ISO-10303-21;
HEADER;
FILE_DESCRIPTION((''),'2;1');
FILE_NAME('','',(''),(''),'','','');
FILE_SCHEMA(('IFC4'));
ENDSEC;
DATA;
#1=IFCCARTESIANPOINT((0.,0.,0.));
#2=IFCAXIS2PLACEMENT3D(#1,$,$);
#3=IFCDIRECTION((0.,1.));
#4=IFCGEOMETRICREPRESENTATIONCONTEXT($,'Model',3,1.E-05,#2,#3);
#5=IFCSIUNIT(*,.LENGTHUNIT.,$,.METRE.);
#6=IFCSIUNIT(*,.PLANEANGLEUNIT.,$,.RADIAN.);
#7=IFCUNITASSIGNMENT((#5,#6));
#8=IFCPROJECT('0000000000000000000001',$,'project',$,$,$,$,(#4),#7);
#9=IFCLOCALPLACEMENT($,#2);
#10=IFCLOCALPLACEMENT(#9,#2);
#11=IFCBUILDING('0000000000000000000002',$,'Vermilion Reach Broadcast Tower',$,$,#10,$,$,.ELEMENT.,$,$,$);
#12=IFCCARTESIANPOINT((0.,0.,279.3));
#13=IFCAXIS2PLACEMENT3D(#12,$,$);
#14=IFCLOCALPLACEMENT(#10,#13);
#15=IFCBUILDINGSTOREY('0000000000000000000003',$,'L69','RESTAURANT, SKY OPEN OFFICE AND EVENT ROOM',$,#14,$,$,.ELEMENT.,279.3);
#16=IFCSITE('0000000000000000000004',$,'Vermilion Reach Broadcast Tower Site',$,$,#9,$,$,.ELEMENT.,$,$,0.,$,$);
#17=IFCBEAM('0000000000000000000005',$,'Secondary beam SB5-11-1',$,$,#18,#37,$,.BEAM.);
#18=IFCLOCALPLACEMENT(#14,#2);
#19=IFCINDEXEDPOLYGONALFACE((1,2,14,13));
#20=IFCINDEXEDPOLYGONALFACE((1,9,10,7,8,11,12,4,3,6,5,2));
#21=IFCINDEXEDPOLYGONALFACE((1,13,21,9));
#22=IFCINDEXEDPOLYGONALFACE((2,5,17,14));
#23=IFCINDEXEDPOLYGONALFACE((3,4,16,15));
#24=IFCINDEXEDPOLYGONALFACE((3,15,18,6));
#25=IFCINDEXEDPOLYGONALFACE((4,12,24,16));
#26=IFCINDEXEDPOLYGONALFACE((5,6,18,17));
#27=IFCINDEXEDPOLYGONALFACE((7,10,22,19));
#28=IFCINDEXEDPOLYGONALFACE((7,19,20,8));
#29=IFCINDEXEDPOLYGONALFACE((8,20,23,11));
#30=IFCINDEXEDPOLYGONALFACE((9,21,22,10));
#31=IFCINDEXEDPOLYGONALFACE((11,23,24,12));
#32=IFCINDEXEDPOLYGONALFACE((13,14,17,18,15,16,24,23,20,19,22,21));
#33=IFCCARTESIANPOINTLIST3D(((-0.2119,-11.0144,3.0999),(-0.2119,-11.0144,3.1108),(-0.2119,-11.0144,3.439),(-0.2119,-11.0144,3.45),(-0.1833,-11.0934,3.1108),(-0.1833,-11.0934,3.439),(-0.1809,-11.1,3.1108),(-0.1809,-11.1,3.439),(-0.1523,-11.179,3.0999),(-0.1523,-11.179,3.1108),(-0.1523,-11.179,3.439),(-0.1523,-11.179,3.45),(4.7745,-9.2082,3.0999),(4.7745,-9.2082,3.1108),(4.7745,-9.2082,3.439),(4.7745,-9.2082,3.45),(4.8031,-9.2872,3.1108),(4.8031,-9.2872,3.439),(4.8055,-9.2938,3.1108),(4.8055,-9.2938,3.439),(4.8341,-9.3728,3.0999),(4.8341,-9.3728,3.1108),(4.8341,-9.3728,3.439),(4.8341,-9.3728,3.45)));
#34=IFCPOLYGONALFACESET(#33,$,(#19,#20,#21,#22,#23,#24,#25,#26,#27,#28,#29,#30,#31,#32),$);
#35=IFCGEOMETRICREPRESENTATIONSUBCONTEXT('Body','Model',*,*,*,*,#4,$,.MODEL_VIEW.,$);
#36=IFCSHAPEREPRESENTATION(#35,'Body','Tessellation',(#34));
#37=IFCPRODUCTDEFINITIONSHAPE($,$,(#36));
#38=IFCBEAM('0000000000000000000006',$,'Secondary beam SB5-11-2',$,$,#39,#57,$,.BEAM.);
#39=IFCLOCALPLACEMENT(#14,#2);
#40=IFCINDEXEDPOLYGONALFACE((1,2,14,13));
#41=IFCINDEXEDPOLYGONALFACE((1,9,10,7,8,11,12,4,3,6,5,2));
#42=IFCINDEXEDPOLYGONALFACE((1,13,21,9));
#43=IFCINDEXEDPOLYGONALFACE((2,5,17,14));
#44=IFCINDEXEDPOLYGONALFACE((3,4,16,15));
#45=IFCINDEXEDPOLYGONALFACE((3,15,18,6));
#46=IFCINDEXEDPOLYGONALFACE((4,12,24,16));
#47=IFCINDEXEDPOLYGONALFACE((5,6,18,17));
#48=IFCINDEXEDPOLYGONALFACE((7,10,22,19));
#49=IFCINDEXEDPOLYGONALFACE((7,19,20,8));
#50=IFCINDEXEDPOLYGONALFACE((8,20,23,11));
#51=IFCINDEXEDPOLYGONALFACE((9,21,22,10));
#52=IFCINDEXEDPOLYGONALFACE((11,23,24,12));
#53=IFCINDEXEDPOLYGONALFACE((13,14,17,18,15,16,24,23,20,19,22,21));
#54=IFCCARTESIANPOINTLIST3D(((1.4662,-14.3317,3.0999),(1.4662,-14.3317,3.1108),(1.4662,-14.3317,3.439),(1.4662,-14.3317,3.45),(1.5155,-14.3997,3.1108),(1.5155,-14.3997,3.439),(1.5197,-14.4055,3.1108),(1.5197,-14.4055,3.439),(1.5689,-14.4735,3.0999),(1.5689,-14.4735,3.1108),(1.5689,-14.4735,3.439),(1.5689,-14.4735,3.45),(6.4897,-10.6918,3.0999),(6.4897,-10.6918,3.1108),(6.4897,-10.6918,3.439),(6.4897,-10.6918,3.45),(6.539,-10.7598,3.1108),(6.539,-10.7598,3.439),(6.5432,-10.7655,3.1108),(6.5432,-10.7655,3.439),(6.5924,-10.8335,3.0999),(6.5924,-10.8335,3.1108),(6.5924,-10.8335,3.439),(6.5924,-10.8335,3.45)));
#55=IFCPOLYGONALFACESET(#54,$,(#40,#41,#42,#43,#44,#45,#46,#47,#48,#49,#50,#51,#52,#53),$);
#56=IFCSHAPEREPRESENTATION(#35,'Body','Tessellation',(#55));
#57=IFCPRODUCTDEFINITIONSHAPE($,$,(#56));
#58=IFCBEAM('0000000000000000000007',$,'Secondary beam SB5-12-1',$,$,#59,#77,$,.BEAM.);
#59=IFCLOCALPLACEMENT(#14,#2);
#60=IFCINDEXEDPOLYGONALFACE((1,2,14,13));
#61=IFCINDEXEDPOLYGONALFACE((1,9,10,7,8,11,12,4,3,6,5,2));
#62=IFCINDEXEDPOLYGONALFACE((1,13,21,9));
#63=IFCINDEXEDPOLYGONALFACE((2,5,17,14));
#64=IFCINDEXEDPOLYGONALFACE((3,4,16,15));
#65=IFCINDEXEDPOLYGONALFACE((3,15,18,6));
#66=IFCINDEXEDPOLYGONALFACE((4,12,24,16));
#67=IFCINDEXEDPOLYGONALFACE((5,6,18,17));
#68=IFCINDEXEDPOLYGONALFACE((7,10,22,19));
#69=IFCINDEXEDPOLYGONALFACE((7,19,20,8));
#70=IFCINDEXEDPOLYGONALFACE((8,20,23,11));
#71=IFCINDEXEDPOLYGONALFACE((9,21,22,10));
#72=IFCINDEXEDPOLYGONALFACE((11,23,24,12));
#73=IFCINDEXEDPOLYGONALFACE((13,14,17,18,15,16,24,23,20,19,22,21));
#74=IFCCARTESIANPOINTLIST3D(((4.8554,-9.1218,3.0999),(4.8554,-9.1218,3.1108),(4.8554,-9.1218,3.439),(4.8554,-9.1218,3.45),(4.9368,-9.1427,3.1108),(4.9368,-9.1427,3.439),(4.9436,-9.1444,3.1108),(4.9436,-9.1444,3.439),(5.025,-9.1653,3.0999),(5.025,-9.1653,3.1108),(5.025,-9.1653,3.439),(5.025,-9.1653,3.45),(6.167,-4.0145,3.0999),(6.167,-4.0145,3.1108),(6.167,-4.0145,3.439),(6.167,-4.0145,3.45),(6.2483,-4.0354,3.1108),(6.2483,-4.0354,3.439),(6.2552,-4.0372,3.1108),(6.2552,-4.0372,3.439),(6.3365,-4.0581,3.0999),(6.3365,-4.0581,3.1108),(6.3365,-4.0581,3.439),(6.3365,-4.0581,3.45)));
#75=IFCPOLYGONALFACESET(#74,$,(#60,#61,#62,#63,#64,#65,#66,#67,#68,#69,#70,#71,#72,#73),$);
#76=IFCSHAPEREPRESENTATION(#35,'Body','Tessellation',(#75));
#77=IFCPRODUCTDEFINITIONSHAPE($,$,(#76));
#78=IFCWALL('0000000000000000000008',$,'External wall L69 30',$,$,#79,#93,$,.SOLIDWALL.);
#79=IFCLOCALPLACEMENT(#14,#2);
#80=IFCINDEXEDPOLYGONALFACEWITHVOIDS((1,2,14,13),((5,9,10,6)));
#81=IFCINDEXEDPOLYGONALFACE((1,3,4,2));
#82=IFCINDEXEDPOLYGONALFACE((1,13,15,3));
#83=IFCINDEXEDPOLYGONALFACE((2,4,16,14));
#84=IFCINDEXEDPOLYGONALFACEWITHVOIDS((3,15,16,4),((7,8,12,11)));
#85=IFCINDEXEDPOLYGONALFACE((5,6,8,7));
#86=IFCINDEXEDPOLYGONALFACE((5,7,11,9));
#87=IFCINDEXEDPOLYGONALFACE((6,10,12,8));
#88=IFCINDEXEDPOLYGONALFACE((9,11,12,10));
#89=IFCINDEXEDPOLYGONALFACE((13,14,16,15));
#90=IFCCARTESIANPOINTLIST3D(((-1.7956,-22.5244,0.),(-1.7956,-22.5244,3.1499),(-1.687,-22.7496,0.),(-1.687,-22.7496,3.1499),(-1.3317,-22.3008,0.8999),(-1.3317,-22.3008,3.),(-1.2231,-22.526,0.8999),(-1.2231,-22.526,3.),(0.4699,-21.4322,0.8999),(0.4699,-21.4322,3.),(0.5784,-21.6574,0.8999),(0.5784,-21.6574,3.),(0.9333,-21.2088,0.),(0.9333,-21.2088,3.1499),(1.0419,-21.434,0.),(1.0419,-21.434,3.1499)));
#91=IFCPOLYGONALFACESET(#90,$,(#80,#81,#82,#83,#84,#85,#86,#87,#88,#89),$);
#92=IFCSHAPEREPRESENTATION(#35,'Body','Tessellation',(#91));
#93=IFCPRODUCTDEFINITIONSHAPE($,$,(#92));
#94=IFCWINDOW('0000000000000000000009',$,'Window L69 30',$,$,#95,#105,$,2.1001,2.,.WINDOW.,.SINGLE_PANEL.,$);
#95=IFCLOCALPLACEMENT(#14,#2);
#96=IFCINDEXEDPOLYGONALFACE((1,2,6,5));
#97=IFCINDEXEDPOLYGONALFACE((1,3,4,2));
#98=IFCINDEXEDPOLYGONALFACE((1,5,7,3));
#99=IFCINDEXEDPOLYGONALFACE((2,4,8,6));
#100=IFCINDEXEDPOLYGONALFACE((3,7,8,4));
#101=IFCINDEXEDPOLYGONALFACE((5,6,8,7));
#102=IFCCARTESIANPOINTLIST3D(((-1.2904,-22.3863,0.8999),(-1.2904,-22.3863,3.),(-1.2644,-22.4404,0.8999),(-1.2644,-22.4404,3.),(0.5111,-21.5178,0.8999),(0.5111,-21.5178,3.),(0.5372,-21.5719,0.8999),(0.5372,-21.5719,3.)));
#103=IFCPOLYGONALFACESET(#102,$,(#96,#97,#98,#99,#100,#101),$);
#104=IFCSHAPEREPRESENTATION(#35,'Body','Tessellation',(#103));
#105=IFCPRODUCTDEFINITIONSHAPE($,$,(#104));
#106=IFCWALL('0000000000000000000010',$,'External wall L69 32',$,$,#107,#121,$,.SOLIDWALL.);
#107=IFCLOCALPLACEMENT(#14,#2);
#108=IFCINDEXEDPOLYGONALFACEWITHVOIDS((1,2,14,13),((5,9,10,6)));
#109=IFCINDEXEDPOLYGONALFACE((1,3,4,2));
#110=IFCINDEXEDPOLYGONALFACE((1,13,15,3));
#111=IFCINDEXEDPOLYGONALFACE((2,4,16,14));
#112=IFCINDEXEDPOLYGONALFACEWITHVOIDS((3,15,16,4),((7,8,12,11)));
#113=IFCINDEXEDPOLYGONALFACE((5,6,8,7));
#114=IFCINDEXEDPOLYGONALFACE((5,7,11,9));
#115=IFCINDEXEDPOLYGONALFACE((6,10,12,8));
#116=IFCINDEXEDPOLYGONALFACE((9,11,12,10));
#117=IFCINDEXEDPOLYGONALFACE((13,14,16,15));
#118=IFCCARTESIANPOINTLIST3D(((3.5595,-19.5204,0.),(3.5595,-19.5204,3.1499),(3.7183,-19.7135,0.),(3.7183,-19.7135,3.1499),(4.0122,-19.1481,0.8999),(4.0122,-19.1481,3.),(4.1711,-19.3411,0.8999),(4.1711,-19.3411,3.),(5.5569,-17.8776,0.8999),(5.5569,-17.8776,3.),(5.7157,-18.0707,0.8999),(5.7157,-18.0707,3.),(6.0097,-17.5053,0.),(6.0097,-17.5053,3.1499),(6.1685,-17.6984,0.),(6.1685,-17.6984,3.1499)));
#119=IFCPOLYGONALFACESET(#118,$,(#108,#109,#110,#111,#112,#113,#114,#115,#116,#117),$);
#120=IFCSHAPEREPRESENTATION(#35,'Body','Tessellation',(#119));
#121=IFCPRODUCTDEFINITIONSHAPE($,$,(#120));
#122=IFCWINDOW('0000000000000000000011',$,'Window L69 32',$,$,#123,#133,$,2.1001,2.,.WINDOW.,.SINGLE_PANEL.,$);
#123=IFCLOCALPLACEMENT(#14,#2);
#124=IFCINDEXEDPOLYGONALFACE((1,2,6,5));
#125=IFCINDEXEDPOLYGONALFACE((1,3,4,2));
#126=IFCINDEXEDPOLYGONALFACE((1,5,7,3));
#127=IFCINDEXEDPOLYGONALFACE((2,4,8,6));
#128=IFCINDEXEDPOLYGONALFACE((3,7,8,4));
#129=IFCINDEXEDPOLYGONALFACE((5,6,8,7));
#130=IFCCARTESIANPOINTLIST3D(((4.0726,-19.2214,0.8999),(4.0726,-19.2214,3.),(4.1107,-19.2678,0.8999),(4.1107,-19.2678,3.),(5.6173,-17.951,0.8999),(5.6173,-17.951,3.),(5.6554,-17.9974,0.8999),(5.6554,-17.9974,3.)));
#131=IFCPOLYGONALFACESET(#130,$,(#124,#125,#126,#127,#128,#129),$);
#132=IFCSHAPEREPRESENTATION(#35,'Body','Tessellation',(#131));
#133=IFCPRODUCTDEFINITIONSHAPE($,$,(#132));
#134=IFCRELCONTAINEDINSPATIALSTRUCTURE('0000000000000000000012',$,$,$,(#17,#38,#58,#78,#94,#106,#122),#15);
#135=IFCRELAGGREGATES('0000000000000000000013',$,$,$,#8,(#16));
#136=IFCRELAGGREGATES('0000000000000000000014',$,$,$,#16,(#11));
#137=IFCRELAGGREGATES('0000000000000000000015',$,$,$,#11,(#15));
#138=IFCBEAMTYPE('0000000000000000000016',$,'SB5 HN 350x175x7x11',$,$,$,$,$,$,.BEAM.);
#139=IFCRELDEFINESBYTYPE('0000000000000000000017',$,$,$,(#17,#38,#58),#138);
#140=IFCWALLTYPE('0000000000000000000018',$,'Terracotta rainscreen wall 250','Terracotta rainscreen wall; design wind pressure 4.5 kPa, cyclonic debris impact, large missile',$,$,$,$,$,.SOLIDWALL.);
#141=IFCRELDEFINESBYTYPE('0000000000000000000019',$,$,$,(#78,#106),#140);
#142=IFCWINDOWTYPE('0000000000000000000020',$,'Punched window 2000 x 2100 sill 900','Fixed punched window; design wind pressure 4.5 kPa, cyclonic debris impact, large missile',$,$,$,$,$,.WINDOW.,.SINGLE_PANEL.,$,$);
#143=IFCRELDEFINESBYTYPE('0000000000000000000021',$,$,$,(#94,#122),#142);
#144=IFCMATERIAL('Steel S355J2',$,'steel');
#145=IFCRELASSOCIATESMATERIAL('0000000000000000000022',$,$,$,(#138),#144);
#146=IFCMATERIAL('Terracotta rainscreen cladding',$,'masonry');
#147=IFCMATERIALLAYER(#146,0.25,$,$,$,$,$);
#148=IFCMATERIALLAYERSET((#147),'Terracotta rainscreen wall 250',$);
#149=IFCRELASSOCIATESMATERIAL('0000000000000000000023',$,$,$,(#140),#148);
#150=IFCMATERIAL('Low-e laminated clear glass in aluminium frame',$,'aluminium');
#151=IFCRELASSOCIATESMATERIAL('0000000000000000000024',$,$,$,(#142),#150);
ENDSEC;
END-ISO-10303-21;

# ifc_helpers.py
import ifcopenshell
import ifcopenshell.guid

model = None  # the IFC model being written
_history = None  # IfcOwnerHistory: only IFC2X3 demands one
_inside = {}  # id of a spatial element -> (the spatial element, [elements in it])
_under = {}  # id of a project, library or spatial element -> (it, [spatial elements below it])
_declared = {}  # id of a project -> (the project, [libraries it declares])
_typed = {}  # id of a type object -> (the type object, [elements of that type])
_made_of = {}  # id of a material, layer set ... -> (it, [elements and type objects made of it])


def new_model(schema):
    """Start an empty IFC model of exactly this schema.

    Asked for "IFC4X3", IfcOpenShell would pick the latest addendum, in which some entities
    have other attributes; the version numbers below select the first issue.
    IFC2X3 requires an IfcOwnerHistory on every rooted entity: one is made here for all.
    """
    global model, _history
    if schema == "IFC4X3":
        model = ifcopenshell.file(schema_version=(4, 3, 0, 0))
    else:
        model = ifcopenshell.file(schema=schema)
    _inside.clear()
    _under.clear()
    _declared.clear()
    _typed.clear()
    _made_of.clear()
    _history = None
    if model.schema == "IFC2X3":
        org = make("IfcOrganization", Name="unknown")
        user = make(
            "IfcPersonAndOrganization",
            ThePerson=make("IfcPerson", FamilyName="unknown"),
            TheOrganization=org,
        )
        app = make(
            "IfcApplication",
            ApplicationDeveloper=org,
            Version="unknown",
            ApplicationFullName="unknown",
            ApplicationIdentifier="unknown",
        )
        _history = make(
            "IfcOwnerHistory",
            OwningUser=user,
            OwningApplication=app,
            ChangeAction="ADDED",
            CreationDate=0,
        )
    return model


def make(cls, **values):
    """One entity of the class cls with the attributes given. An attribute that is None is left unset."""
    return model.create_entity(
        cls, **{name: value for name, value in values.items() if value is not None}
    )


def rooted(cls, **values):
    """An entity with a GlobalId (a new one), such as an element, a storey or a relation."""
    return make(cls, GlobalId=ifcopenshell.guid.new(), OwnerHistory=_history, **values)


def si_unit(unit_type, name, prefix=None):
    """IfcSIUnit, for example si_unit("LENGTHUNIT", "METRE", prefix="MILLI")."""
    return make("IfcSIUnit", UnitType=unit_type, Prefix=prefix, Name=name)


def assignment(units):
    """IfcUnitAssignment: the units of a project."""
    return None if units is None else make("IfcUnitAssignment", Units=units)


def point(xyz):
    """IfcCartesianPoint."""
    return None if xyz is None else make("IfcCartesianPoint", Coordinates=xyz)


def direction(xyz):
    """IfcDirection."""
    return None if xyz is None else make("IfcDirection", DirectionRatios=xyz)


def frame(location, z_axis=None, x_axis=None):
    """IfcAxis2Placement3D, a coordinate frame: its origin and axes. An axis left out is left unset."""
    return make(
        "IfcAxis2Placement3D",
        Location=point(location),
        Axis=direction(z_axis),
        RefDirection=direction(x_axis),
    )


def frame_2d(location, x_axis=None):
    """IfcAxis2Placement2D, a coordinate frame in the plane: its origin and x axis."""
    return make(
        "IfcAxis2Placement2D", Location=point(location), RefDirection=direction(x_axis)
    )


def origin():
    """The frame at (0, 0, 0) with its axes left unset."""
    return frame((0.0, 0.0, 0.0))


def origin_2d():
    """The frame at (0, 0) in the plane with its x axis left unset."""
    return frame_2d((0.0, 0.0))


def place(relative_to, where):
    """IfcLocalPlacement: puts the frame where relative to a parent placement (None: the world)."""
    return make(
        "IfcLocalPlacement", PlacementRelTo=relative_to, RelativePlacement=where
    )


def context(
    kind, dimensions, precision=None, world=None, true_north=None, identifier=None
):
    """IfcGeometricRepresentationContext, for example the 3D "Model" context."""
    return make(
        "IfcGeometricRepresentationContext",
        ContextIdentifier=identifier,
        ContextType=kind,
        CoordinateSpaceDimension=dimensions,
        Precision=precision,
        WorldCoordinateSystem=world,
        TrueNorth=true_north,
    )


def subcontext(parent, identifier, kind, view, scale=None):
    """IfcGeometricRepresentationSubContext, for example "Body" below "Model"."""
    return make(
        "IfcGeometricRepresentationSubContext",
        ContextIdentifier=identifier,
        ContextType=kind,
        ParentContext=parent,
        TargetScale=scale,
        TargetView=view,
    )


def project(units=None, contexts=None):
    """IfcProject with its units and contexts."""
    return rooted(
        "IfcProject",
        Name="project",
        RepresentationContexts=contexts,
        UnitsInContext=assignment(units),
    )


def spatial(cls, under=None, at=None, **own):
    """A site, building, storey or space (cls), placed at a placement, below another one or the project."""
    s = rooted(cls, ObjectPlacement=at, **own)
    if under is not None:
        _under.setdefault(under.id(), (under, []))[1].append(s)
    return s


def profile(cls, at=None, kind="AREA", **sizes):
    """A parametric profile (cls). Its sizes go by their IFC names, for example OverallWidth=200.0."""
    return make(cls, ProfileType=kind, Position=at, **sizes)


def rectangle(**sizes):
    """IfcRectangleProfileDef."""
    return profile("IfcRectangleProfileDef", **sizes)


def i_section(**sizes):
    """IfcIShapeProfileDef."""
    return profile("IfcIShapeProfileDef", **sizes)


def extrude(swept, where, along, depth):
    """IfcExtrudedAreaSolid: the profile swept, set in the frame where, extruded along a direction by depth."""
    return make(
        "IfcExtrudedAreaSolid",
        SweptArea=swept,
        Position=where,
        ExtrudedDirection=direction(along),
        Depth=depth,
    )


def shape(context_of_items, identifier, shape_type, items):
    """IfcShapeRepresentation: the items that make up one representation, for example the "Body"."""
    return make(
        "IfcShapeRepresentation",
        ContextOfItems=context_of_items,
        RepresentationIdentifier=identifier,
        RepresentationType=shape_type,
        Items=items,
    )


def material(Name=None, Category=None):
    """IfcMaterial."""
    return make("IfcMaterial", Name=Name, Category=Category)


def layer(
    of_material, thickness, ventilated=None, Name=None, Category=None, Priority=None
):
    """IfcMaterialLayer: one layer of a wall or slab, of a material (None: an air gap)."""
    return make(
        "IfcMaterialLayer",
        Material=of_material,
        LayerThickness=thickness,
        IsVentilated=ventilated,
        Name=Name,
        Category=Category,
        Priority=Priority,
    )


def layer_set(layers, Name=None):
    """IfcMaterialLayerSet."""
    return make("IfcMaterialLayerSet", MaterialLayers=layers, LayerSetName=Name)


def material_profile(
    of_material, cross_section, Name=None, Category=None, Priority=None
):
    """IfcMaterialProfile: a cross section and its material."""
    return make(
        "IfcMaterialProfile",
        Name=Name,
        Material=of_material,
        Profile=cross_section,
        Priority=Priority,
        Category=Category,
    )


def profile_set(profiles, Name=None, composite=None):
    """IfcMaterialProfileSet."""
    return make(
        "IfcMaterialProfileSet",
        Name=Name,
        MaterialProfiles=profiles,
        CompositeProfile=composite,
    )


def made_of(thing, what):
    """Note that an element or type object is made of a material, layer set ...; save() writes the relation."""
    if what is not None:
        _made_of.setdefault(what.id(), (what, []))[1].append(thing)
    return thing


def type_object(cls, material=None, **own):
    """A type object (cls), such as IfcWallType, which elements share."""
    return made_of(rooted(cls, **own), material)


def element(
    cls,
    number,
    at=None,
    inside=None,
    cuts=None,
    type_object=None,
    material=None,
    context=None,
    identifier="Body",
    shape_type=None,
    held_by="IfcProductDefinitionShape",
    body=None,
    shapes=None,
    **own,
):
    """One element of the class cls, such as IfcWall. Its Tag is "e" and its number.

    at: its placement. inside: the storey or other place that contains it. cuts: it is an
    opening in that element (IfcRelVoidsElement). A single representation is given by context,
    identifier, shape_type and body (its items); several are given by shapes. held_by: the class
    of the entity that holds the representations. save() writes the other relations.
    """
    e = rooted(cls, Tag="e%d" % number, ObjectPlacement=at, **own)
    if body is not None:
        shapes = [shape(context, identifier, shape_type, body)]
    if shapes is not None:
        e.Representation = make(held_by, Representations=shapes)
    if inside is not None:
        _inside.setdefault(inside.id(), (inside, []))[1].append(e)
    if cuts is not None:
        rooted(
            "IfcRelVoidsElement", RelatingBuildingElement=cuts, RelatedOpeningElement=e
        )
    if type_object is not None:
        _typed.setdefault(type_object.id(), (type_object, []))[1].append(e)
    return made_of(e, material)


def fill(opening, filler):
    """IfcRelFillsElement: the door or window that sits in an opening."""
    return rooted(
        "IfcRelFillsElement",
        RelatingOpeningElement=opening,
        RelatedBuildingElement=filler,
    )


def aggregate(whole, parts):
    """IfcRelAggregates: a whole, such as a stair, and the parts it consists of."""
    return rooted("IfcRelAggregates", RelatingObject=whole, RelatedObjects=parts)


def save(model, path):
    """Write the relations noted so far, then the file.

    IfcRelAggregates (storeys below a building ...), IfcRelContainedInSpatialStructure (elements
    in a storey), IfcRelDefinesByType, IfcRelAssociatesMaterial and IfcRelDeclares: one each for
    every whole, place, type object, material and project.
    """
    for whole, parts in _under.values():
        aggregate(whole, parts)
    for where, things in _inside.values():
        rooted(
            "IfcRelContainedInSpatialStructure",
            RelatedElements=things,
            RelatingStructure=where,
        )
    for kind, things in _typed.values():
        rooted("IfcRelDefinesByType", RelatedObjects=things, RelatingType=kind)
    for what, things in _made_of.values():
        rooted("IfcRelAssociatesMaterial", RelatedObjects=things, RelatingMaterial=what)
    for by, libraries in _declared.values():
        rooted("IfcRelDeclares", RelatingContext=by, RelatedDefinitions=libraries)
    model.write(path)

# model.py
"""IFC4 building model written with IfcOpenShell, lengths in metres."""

from ifc_helpers import new_model, si_unit, direction, frame, frame_2d, origin, origin_2d, place, context, subcontext, project, spatial, rectangle, i_section, extrude, material, layer, layer_set, material_profile, profile_set, type_object, element, fill, save


model = new_model("IFC4")

# Units and contexts
model_context = context("Model", 3, precision=1e-05, world=origin(), true_north=direction((0.0, 1.0)))
body_context = subcontext(model_context, "Body", "Model", "MODEL_VIEW")
ifc_project = project(units=[si_unit("LENGTHUNIT", "METRE"), si_unit("PLANEANGLEUNIT", "RADIAN")], contexts=[model_context])

# Site, building, storey
site_placement = place(None, origin())
site = spatial("IfcSite", under=ifc_project, at=site_placement, Name="Vermilion Reach Broadcast Tower Site", CompositionType="ELEMENT", RefElevation=0.0)
building_placement = place(site_placement, origin())
building = spatial("IfcBuilding", under=site, at=building_placement, Name="Vermilion Reach Broadcast Tower", CompositionType="ELEMENT")
storey_placement = place(building_placement, frame((0.0, 0.0, 279.3)))
storey = spatial("IfcBuildingStorey", under=building, at=storey_placement, Name="L69", Description="RESTAURANT, SKY OPEN OFFICE AND EVENT ROOM", CompositionType="ELEMENT", Elevation=279.3)

# Beams
ifc_material_1 = material(Name="Steel S355J2", Category="steel")
ifc_material_profile_1 = material_profile(ifc_material_1, i_section(OverallWidth=0.175, OverallDepth=0.3501, WebThickness=0.0071, FlangeThickness=0.011, at=origin_2d()), Name="S355J2 HN 350x175x7x11")
ifc_profile_set_1 = profile_set([ifc_material_profile_1], Name="Steel S355J2")
beam_type_1 = type_object("IfcBeamType", Name="SB5 HN 350x175x7x11", PredefinedType="BEAM", material=ifc_profile_set_1)
beam_1_placement = place(storey_placement, frame((-0.1821, -11.0967, 3.2749), z_axis=(0.94022, 0.340567, 0.0), x_axis=(-0.340567, 0.94022, 0.0)))
element("IfcBeam", 1, at=beam_1_placement, inside=storey, type_object=beam_type_1, Name="Secondary beam SB5-11-1", PredefinedType="BEAM", context=body_context, shape_type="SweptSolid", body=[
    extrude(i_section(OverallWidth=0.175, OverallDepth=0.3501, WebThickness=0.0071, FlangeThickness=0.011, at=origin_2d()), origin(), (0.0, 0.0, 1.0), 5.3035),
])
beam_2_placement = place(storey_placement, frame((1.5176, -14.4026, 3.2749), z_axis=(0.809771, 0.586746, 0.0), x_axis=(-0.586746, 0.809771, 0.0)))
element("IfcBeam", 2, at=beam_2_placement, inside=storey, type_object=beam_type_1, Name="Secondary beam SB5-11-2", PredefinedType="BEAM", context=body_context, shape_type="SweptSolid", body=[
    extrude(i_section(OverallWidth=0.175, OverallDepth=0.3501, WebThickness=0.0071, FlangeThickness=0.011, at=origin_2d()), origin(), (0.0, 0.0, 1.0), 6.2036),
])
beam_3_placement = place(storey_placement, frame((4.9402, -9.1436, 3.2749), z_axis=(0.24873, 0.968573, 0.0), x_axis=(-0.968573, 0.24873, 0.0)))
element("IfcBeam", 3, at=beam_3_placement, inside=storey, type_object=beam_type_1, Name="Secondary beam SB5-12-1", PredefinedType="BEAM", context=body_context, shape_type="SweptSolid", body=[
    extrude(i_section(OverallWidth=0.175, OverallDepth=0.3501, WebThickness=0.0071, FlangeThickness=0.011, at=origin_2d()), origin(), (0.0, 0.0, 1.0), 5.2729),
])

# Wall, opening, window
ifc_material_2 = material(Name="Terracotta rainscreen cladding", Category="masonry")
ifc_layer = layer(ifc_material_2, 0.25)
ifc_layer_set = layer_set([ifc_layer], Name="Terracotta rainscreen wall 250")
wall_type = type_object("IfcWallType", Name="Terracotta rainscreen wall 250", Description="Terracotta rainscreen wall; design wind pressure 4.5 kPa, cyclonic debris impact, large missile", PredefinedType="SOLIDWALL", material=ifc_layer_set)
wall_1_placement = place(storey_placement, frame((-1.7412, -22.637, 0.0), z_axis=(0.0, 0.0, 1.0), x_axis=(0.900781, 0.434273, 0.0)))
wall_1 = element("IfcWall", 4, at=wall_1_placement, inside=storey, type_object=wall_type, Name="External wall L69 30", PredefinedType="SOLIDWALL", context=body_context, shape_type="SweptSolid", body=[
    extrude(rectangle(XDim=3.0295, YDim=0.25, at=frame_2d((1.5146, 0.0))), origin(), (0.0, 0.0, 1.0), 3.1499),
])
opening_1_placement = place(wall_1_placement, frame((0.5149, 0.0, 0.8999)))
opening_1 = element("IfcOpeningElement", 5, at=opening_1_placement, cuts=wall_1, PredefinedType="OPENING", context=body_context, shape_type="SweptSolid", body=[
    extrude(rectangle(XDim=2.0, YDim=2.1001, at=frame_2d((1.0, 1.05))), frame((0.0, 0.135, 0.0), z_axis=(0.0, -1.0, 0.0), x_axis=(1.0, 0.0, 0.0)), (0.0, 0.0, 1.0), 0.27),
])
ifc_material_3 = material(Name="Low-e laminated clear glass in aluminium frame", Category="aluminium")
window_type = type_object("IfcWindowType", Name="Punched window 2000 x 2100 sill 900", Description="Fixed punched window; design wind pressure 4.5 kPa, cyclonic debris impact, large missile", PartitioningType="SINGLE_PANEL", PredefinedType="WINDOW", material=ifc_material_3)
window_1_placement = place(opening_1_placement, origin())
window_1 = element("IfcWindow", 6, at=window_1_placement, inside=storey, type_object=window_type, Name="Window L69 30", OverallHeight=2.1001, OverallWidth=2.0, PartitioningType="SINGLE_PANEL", PredefinedType="WINDOW", context=body_context, shape_type="SweptSolid", body=[
    extrude(rectangle(XDim=2.0, YDim=2.1001, at=frame_2d((1.0, 1.05))), frame((0.0, 0.03, 0.0), z_axis=(0.0, -1.0, 0.0), x_axis=(1.0, 0.0, 0.0)), (0.0, 0.0, 1.0), 0.0601),
])
fill(opening_1, window_1)

# Wall, opening, window
wall_2_placement = place(storey_placement, frame((3.6389, -19.6169, 0.0), z_axis=(0.0, 0.0, 1.0), x_axis=(0.772343, 0.635205, 0.0)))
wall_2 = element("IfcWall", 7, at=wall_2_placement, inside=storey, type_object=wall_type, Name="External wall L69 32", PredefinedType="SOLIDWALL", context=body_context, shape_type="SweptSolid", body=[
    extrude(rectangle(XDim=3.1724, YDim=0.25, at=frame_2d((1.5862, 0.0))), origin(), (0.0, 0.0, 1.0), 3.1499),
])
opening_2_placement = place(wall_2_placement, frame((0.5862, 0.0, 0.8999)))
opening_2 = element("IfcOpeningElement", 8, at=opening_2_placement, cuts=wall_2, PredefinedType="OPENING", context=body_context, shape_type="SweptSolid", body=[
    extrude(rectangle(XDim=2.0, YDim=2.1001, at=frame_2d((1.0, 1.05))), frame((0.0, 0.135, 0.0), z_axis=(0.0, -1.0, 0.0), x_axis=(1.0, 0.0, 0.0)), (0.0, 0.0, 1.0), 0.27),
])
window_2_placement = place(opening_2_placement, origin())
window_2 = element("IfcWindow", 9, at=window_2_placement, inside=storey, type_object=window_type, Name="Window L69 32", OverallHeight=2.1001, OverallWidth=2.0, PartitioningType="SINGLE_PANEL", PredefinedType="WINDOW", context=body_context, shape_type="SweptSolid", body=[
    extrude(rectangle(XDim=2.0, YDim=2.1001, at=frame_2d((1.0, 1.05))), frame((0.0, 0.03, 0.0), z_axis=(0.0, -1.0, 0.0), x_axis=(1.0, 0.0, 0.0)), (0.0, 0.0, 1.0), 0.0601),
])
fill(opening_2, window_2)

save(model, "model.ifc")
